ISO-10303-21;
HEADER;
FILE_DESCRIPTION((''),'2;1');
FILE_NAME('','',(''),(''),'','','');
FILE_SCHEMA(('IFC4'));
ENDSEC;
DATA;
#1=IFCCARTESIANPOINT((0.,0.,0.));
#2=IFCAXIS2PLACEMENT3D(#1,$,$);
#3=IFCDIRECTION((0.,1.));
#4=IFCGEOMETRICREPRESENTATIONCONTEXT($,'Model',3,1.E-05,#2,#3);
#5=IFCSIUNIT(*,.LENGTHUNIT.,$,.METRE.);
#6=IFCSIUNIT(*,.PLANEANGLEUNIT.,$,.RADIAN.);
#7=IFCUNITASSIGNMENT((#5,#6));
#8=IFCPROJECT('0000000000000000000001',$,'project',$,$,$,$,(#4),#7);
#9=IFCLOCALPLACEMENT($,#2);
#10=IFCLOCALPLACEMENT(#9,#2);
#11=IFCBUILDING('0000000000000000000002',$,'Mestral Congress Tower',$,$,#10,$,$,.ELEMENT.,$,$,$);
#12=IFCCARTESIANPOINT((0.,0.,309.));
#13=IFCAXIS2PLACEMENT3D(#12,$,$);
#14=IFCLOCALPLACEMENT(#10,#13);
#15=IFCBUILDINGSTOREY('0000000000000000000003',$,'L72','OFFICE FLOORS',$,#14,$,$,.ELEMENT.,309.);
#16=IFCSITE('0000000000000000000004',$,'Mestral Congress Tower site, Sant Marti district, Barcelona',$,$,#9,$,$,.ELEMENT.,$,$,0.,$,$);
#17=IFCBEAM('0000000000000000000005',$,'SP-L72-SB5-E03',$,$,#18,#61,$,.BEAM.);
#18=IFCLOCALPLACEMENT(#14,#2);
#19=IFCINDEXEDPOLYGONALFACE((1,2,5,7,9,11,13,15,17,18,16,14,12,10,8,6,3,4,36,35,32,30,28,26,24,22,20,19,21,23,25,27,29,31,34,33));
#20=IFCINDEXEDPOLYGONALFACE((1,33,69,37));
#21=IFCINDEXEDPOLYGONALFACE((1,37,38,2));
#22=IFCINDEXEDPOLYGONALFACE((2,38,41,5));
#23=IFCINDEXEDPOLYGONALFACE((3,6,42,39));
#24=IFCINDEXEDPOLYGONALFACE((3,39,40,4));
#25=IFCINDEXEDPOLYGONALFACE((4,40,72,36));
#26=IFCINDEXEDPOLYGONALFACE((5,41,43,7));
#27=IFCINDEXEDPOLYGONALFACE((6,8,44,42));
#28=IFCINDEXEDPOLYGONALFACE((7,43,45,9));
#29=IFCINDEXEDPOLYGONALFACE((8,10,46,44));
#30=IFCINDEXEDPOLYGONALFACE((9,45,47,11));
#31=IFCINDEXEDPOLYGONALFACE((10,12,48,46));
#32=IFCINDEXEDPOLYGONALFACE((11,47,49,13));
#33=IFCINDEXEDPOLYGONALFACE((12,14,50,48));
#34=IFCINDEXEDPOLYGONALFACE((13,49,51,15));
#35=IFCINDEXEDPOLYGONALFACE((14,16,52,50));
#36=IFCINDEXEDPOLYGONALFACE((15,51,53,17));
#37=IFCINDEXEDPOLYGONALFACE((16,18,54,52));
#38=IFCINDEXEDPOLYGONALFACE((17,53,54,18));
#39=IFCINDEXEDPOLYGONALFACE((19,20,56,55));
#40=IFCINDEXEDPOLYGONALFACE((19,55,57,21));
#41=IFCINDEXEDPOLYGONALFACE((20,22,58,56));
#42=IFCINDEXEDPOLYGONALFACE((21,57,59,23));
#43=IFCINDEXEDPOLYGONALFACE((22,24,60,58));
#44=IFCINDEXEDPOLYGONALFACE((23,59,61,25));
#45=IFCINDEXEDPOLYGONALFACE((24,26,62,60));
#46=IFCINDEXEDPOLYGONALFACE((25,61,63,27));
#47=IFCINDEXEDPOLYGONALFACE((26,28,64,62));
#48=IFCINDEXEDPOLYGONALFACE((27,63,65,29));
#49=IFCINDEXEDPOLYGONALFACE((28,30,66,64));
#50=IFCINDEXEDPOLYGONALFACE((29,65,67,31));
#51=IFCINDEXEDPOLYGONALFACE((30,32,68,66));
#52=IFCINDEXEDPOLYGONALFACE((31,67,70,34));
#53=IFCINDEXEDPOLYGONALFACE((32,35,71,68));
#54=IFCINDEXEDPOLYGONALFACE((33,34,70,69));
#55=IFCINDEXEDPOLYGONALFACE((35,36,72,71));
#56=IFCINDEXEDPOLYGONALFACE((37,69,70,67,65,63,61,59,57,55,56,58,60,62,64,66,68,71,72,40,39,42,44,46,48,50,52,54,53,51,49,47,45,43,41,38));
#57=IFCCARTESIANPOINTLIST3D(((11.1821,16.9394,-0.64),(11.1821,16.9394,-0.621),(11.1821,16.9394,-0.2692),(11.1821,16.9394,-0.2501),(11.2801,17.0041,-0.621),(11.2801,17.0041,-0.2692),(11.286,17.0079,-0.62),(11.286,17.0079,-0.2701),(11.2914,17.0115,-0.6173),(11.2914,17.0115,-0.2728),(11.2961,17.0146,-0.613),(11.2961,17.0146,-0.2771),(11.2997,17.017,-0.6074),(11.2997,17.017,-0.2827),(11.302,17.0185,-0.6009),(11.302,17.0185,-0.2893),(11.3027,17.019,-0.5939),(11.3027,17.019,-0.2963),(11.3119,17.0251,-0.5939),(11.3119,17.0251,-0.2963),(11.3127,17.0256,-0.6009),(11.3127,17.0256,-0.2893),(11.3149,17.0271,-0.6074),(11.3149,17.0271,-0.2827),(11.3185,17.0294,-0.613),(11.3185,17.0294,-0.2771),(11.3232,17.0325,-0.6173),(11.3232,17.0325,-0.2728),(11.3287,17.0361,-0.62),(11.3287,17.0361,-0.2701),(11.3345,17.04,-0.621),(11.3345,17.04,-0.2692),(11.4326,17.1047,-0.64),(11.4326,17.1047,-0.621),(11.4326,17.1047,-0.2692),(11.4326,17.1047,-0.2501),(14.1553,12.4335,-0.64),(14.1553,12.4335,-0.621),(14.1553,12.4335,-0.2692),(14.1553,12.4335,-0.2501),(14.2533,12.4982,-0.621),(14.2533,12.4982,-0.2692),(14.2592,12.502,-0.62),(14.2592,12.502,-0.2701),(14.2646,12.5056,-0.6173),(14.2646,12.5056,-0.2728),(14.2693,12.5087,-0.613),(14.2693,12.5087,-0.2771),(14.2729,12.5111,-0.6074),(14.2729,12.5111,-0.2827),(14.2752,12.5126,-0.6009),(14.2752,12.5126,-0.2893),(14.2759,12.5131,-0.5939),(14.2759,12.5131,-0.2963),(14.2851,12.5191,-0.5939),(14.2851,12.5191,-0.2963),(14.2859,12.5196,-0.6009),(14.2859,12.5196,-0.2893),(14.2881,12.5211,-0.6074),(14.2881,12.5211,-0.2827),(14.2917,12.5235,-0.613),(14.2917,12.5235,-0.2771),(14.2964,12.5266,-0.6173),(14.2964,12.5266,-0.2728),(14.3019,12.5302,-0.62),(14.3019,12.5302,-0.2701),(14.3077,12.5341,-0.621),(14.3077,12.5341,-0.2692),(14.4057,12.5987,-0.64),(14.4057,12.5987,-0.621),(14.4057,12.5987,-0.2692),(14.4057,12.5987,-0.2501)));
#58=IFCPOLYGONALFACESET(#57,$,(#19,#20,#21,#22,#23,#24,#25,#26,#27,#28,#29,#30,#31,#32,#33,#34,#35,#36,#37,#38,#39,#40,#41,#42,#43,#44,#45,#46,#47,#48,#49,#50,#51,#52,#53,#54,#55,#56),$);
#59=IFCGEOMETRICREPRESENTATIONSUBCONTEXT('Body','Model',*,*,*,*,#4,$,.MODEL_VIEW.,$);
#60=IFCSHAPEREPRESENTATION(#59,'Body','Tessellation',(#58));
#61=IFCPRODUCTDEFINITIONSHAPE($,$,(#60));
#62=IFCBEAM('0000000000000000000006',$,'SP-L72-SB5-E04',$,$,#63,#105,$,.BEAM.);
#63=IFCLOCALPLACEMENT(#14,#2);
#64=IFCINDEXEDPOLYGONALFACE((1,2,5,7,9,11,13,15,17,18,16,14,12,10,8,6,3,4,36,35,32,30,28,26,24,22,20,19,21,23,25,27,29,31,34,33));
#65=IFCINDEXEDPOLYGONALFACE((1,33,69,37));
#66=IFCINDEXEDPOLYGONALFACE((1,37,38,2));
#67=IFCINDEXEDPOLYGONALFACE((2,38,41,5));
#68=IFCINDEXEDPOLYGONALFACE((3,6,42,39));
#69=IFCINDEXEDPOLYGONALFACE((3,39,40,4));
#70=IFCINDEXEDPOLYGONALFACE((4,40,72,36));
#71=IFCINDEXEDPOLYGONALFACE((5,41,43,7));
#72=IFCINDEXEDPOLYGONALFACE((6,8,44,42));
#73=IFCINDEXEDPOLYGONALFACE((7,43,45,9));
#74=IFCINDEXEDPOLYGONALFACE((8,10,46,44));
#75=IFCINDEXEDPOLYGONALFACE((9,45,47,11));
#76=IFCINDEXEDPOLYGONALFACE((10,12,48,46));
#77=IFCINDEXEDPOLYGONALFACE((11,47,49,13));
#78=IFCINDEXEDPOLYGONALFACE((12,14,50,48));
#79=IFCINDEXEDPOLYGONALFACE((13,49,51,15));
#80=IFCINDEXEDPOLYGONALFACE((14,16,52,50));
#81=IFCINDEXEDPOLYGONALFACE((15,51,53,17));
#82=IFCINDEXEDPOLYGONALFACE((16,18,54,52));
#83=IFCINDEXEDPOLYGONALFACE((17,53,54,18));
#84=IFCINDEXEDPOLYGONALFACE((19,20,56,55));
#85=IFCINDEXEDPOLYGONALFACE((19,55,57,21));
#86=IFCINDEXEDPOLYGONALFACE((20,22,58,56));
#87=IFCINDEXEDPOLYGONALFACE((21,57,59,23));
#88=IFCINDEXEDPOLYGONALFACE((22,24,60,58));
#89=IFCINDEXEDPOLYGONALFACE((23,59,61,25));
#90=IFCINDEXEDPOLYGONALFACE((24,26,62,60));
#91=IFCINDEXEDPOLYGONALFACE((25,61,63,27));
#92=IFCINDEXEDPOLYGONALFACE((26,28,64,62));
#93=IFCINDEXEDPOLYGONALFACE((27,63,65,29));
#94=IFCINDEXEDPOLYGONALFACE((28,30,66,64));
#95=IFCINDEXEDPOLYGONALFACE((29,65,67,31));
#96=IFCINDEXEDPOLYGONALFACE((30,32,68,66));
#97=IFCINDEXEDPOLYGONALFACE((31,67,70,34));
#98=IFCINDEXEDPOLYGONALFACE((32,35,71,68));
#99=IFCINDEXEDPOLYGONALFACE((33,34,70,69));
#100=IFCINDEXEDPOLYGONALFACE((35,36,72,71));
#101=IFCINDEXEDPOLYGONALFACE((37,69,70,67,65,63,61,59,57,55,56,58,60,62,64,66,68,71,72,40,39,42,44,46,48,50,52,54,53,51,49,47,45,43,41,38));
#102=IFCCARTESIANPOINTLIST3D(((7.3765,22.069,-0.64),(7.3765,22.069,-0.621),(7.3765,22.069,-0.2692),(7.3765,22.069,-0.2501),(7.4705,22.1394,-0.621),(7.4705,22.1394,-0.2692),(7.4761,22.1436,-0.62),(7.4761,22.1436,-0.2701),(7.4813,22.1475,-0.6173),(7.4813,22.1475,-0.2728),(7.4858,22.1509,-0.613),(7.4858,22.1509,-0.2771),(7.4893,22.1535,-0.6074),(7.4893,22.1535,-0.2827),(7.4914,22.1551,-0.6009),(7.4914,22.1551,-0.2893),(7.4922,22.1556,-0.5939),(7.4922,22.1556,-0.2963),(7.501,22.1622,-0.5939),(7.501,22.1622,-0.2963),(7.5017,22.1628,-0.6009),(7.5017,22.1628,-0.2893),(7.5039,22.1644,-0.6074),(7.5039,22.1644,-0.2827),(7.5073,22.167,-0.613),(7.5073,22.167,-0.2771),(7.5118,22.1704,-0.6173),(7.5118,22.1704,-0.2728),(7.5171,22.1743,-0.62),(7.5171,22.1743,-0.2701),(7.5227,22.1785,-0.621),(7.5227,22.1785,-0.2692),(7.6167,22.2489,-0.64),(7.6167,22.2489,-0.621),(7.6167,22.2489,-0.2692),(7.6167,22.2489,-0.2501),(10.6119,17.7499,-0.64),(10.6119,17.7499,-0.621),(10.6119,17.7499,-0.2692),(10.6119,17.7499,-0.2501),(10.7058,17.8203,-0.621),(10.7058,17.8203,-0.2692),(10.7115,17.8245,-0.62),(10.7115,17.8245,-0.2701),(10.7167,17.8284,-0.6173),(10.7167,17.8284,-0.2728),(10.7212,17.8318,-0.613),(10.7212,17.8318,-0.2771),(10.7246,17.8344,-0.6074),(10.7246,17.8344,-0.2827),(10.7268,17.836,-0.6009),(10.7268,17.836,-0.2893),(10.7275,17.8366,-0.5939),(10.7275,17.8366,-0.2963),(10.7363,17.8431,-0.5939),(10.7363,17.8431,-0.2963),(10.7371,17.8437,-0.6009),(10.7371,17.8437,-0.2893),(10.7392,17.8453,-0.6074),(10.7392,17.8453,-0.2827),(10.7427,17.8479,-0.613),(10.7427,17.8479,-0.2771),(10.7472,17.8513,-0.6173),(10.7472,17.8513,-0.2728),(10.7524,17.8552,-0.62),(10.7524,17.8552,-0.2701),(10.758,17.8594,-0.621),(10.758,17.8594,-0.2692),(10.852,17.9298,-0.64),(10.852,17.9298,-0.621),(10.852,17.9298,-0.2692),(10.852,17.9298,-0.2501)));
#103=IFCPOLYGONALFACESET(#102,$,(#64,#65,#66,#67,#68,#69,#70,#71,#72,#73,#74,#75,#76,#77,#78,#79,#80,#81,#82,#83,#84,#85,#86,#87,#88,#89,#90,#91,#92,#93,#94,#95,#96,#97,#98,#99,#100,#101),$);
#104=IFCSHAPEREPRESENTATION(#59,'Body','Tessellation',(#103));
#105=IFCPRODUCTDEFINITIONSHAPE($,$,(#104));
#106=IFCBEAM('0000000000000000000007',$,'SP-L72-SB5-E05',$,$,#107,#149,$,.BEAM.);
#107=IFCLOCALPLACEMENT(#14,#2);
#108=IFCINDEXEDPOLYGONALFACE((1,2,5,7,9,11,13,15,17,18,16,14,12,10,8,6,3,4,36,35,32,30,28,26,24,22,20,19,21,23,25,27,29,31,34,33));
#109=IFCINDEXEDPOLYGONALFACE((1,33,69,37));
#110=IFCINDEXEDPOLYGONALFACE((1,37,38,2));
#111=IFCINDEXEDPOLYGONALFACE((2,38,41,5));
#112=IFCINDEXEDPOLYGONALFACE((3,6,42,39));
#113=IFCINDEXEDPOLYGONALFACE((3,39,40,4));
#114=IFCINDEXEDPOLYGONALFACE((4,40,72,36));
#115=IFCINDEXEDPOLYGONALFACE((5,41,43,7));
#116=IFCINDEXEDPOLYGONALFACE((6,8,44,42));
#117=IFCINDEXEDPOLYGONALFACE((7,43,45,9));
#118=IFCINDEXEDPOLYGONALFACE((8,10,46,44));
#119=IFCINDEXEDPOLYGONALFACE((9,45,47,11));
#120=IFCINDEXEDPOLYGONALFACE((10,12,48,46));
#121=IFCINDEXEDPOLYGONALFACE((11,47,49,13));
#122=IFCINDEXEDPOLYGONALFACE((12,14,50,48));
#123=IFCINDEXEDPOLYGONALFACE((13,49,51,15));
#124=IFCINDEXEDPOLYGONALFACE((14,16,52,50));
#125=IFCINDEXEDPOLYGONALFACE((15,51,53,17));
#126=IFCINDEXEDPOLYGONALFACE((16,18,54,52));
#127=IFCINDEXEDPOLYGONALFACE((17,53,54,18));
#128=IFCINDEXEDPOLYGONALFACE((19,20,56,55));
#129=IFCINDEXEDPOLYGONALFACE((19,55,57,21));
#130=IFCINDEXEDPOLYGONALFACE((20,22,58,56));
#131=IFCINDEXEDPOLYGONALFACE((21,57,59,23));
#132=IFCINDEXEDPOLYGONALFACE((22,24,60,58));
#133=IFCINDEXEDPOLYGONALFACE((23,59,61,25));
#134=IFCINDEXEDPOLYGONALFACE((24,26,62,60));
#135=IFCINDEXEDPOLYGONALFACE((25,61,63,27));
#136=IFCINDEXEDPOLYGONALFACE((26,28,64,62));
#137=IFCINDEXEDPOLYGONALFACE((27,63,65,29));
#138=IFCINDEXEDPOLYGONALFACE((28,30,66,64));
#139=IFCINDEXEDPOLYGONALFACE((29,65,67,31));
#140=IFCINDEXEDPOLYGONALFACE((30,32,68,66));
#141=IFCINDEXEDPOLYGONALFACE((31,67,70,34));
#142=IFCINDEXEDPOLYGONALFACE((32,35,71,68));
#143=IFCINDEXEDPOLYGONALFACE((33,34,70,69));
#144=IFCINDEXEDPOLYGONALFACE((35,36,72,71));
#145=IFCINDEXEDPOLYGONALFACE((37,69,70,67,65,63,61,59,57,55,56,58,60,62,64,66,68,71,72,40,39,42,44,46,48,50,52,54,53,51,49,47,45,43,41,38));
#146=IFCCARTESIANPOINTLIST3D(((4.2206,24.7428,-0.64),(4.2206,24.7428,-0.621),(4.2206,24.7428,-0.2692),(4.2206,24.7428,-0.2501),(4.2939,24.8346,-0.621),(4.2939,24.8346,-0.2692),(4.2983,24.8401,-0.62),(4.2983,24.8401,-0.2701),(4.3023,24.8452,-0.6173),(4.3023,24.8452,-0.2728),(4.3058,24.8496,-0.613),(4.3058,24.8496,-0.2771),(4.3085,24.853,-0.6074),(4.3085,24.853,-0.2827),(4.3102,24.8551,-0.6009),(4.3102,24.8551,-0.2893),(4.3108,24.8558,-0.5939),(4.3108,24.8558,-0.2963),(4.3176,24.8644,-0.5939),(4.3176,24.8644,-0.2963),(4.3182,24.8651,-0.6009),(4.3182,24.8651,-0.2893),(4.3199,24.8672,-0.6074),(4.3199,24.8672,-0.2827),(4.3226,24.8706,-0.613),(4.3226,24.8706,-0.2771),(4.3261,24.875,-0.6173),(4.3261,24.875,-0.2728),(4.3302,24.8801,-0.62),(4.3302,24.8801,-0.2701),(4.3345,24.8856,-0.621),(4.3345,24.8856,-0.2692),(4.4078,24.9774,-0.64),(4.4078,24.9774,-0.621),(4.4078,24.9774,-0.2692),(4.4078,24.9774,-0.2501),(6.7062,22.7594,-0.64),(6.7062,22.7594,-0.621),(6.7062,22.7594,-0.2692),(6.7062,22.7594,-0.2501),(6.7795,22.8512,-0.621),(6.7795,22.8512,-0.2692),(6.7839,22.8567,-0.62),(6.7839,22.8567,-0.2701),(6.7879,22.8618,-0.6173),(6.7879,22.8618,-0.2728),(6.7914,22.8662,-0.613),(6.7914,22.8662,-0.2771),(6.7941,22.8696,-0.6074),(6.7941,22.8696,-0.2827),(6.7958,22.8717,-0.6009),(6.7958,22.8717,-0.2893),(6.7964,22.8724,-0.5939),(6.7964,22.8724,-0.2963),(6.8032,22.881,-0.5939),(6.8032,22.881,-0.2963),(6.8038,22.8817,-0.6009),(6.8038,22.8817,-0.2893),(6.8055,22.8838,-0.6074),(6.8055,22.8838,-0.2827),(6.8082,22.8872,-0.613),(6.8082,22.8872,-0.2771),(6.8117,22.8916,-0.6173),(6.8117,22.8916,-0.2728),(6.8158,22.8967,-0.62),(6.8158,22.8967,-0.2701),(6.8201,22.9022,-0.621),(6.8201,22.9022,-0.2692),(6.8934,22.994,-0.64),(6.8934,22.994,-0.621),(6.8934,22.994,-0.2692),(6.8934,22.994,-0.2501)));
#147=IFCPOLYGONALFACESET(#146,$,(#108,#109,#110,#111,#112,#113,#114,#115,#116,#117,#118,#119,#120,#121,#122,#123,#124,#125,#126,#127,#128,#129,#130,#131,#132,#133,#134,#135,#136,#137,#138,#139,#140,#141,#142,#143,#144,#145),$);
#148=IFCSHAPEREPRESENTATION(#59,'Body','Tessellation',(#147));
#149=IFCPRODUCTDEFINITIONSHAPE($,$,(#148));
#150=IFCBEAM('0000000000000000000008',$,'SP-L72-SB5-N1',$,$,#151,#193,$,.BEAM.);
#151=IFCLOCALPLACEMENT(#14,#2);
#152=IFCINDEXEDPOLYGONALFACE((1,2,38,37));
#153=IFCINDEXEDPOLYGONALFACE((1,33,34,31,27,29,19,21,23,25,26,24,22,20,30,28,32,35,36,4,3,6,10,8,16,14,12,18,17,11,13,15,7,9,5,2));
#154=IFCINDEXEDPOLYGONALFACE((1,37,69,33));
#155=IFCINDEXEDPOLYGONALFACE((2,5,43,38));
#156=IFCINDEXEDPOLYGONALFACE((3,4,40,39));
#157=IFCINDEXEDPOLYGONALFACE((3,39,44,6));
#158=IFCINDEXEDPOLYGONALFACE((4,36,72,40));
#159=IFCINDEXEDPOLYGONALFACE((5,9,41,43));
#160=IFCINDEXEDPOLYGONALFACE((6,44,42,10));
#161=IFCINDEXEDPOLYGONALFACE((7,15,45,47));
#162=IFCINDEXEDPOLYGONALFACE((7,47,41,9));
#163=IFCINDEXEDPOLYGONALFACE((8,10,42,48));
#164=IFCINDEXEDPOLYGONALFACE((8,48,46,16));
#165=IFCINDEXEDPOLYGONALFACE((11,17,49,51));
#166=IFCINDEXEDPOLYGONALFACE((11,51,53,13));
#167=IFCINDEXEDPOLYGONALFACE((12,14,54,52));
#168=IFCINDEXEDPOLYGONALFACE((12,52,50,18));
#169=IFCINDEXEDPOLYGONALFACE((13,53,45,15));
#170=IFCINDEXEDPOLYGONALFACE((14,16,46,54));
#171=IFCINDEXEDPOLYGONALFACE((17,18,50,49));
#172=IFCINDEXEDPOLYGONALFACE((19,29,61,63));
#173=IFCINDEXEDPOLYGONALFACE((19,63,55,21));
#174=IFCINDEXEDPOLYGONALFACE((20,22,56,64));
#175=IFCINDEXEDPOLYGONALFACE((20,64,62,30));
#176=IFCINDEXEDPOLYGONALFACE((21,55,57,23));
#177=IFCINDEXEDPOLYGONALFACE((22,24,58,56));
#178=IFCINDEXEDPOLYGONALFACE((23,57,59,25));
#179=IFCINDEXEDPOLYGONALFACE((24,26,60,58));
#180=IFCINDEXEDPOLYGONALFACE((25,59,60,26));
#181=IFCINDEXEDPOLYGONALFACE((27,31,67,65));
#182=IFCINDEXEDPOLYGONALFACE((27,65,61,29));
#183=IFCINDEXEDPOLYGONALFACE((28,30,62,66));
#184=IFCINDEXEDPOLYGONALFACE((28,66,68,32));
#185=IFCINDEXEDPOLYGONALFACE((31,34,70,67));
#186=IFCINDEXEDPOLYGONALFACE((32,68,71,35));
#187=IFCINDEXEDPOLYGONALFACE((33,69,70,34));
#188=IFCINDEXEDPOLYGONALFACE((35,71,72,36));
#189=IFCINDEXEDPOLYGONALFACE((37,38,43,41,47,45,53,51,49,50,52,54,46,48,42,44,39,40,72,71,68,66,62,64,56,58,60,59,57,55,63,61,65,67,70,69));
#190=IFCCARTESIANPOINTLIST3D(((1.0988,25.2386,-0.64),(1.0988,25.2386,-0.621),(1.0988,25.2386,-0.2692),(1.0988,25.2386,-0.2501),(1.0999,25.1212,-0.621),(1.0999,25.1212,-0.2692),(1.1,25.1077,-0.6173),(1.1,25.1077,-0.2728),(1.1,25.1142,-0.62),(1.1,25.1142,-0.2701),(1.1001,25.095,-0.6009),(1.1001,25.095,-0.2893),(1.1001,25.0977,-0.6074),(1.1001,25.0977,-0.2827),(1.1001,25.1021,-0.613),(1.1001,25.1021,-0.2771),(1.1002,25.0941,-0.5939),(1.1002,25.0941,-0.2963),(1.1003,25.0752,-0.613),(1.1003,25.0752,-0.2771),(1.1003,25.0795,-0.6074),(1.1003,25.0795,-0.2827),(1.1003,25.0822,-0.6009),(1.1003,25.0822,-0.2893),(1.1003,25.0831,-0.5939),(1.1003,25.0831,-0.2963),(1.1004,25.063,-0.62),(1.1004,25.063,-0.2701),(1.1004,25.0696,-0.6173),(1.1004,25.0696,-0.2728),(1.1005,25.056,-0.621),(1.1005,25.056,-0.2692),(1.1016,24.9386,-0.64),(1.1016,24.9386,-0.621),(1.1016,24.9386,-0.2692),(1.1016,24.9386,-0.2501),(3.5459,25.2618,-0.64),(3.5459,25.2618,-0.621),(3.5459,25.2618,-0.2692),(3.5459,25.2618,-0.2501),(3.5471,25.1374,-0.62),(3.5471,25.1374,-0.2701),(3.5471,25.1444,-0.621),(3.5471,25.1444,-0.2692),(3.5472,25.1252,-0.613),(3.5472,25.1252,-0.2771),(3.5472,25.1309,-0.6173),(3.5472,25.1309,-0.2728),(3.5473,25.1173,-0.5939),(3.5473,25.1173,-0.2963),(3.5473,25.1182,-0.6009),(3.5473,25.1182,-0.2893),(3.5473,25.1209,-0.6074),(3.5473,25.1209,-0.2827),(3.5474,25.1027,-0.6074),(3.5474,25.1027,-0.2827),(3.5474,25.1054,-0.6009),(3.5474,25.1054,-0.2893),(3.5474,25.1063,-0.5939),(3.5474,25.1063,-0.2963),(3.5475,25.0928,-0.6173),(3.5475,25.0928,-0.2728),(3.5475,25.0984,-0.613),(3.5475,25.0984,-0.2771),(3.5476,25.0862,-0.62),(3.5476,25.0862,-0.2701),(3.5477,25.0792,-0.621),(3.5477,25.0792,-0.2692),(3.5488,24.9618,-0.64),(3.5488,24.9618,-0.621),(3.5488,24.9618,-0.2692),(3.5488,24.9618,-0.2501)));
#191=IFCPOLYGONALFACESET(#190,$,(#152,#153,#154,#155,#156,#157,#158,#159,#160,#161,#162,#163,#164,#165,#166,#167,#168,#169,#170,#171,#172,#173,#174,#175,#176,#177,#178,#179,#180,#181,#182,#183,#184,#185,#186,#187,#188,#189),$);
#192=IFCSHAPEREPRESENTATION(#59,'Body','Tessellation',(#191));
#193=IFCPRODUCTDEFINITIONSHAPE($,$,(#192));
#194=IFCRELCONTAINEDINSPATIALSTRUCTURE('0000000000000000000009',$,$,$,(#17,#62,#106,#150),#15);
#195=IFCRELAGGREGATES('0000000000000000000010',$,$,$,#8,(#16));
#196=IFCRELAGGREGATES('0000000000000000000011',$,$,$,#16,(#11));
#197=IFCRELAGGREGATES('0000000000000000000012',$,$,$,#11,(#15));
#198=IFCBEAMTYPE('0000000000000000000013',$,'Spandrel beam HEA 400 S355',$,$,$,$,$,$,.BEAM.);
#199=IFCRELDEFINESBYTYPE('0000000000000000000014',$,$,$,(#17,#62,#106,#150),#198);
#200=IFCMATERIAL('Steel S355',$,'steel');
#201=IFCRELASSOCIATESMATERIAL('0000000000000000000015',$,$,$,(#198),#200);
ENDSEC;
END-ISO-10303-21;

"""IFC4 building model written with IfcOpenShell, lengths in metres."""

from ifc_helpers import new_model, si_unit, direction, frame, origin, origin_2d, place, context, subcontext, project, spatial, i_section, extrude, material, material_profile, profile_set, type_object, element, save


model = new_model("IFC4")

# Units and contexts
model_context = context("Model", 3, precision=1e-05, world=origin(), true_north=direction((0.0, 1.0)))
body_context = subcontext(model_context, "Body", "Model", "MODEL_VIEW")
ifc_project = project(units=[si_unit("LENGTHUNIT", "METRE"), si_unit("PLANEANGLEUNIT", "RADIAN")], contexts=[model_context])

# Site, building, storey
site_placement = place(None, origin())
site = spatial("IfcSite", under=ifc_project, at=site_placement, Name="Mestral Congress Tower site, Sant Marti district, Barcelona", CompositionType="ELEMENT", RefElevation=0.0)
building_placement = place(site_placement, origin())
building = spatial("IfcBuilding", under=site, at=building_placement, Name="Mestral Congress Tower", CompositionType="ELEMENT")
storey_placement = place(building_placement, frame((0.0, 0.0, 309.0)))
storey = spatial("IfcBuildingStorey", under=building, at=storey_placement, Name="L72", Description="OFFICE FLOORS", CompositionType="ELEMENT", Elevation=309.0)

# Beams
ifc_material_1 = material(Name="Steel S355", Category="steel")
ifc_material_profile_1 = material_profile(ifc_material_1, i_section(OverallWidth=0.3, OverallDepth=0.3899, WebThickness=0.011, FlangeThickness=0.019, FilletRadius=0.0271, at=origin_2d()), Name="HEA 400")
ifc_profile_set_1 = profile_set([ifc_material_profile_1], Name="Steel S355")
beam_type_1 = type_object("IfcBeamType", Name="Spandrel beam HEA 400 S355", PredefinedType="BEAM", material=ifc_profile_set_1)
beam_1_placement = place(storey_placement, frame((14.2805, 12.5161, -0.4451), z_axis=(-0.550749, 0.834671, 0.0), x_axis=(-0.834671, -0.550749, 0.0)))
element("IfcBeam", 1, at=beam_1_placement, inside=storey, type_object=beam_type_1, Name="SP-L72-SB5-E03", PredefinedType="BEAM", context=body_context, shape_type="SweptSolid", body=[
    extrude(i_section(OverallWidth=0.3, OverallDepth=0.3899, WebThickness=0.011, FlangeThickness=0.019, FilletRadius=0.0271, at=origin_2d()), origin(), (0.0, 0.0, 1.0), 5.3984),
])
beam_2_placement = place(storey_placement, frame((10.7319, 17.8398, -0.4451), z_axis=(-0.599529, 0.800353, 0.0), x_axis=(-0.800353, -0.599529, 0.0)))
element("IfcBeam", 2, at=beam_2_placement, inside=storey, type_object=beam_type_1, Name="SP-L72-SB5-E04", PredefinedType="BEAM", context=body_context, shape_type="SweptSolid", body=[
    extrude(i_section(OverallWidth=0.3, OverallDepth=0.3899, WebThickness=0.011, FlangeThickness=0.019, FilletRadius=0.0271, at=origin_2d()), origin(), (0.0, 0.0, 1.0), 5.3965),
])
beam_3_placement = place(storey_placement, frame((6.7998, 22.8767, -0.4451), z_axis=(-0.781647, 0.623721, 0.0), x_axis=(-0.623721, -0.781647, 0.0)))
element("IfcBeam", 3, at=beam_3_placement, inside=storey, type_object=beam_type_1, Name="SP-L72-SB5-E05", PredefinedType="BEAM", context=body_context, shape_type="SweptSolid", body=[
    extrude(i_section(OverallWidth=0.3, OverallDepth=0.3899, WebThickness=0.011, FlangeThickness=0.019, FilletRadius=0.0271, at=origin_2d()), origin(), (0.0, 0.0, 1.0), 3.1799),
])
beam_4_placement = place(storey_placement, frame((3.5474, 25.1118, -0.4451), z_axis=(-0.999955, -0.009477, 0.0), x_axis=(0.009477, -0.999955, 0.0)))
element("IfcBeam", 4, at=beam_4_placement, inside=storey, type_object=beam_type_1, Name="SP-L72-SB5-N1", PredefinedType="BEAM", context=body_context, shape_type="SweptSolid", body=[
    extrude(i_section(OverallWidth=0.3, OverallDepth=0.3899, WebThickness=0.011, FlangeThickness=0.019, FilletRadius=0.0271, at=origin_2d()), origin(), (0.0, 0.0, 1.0), 2.4473),
])

save(model, "model.ifc")
